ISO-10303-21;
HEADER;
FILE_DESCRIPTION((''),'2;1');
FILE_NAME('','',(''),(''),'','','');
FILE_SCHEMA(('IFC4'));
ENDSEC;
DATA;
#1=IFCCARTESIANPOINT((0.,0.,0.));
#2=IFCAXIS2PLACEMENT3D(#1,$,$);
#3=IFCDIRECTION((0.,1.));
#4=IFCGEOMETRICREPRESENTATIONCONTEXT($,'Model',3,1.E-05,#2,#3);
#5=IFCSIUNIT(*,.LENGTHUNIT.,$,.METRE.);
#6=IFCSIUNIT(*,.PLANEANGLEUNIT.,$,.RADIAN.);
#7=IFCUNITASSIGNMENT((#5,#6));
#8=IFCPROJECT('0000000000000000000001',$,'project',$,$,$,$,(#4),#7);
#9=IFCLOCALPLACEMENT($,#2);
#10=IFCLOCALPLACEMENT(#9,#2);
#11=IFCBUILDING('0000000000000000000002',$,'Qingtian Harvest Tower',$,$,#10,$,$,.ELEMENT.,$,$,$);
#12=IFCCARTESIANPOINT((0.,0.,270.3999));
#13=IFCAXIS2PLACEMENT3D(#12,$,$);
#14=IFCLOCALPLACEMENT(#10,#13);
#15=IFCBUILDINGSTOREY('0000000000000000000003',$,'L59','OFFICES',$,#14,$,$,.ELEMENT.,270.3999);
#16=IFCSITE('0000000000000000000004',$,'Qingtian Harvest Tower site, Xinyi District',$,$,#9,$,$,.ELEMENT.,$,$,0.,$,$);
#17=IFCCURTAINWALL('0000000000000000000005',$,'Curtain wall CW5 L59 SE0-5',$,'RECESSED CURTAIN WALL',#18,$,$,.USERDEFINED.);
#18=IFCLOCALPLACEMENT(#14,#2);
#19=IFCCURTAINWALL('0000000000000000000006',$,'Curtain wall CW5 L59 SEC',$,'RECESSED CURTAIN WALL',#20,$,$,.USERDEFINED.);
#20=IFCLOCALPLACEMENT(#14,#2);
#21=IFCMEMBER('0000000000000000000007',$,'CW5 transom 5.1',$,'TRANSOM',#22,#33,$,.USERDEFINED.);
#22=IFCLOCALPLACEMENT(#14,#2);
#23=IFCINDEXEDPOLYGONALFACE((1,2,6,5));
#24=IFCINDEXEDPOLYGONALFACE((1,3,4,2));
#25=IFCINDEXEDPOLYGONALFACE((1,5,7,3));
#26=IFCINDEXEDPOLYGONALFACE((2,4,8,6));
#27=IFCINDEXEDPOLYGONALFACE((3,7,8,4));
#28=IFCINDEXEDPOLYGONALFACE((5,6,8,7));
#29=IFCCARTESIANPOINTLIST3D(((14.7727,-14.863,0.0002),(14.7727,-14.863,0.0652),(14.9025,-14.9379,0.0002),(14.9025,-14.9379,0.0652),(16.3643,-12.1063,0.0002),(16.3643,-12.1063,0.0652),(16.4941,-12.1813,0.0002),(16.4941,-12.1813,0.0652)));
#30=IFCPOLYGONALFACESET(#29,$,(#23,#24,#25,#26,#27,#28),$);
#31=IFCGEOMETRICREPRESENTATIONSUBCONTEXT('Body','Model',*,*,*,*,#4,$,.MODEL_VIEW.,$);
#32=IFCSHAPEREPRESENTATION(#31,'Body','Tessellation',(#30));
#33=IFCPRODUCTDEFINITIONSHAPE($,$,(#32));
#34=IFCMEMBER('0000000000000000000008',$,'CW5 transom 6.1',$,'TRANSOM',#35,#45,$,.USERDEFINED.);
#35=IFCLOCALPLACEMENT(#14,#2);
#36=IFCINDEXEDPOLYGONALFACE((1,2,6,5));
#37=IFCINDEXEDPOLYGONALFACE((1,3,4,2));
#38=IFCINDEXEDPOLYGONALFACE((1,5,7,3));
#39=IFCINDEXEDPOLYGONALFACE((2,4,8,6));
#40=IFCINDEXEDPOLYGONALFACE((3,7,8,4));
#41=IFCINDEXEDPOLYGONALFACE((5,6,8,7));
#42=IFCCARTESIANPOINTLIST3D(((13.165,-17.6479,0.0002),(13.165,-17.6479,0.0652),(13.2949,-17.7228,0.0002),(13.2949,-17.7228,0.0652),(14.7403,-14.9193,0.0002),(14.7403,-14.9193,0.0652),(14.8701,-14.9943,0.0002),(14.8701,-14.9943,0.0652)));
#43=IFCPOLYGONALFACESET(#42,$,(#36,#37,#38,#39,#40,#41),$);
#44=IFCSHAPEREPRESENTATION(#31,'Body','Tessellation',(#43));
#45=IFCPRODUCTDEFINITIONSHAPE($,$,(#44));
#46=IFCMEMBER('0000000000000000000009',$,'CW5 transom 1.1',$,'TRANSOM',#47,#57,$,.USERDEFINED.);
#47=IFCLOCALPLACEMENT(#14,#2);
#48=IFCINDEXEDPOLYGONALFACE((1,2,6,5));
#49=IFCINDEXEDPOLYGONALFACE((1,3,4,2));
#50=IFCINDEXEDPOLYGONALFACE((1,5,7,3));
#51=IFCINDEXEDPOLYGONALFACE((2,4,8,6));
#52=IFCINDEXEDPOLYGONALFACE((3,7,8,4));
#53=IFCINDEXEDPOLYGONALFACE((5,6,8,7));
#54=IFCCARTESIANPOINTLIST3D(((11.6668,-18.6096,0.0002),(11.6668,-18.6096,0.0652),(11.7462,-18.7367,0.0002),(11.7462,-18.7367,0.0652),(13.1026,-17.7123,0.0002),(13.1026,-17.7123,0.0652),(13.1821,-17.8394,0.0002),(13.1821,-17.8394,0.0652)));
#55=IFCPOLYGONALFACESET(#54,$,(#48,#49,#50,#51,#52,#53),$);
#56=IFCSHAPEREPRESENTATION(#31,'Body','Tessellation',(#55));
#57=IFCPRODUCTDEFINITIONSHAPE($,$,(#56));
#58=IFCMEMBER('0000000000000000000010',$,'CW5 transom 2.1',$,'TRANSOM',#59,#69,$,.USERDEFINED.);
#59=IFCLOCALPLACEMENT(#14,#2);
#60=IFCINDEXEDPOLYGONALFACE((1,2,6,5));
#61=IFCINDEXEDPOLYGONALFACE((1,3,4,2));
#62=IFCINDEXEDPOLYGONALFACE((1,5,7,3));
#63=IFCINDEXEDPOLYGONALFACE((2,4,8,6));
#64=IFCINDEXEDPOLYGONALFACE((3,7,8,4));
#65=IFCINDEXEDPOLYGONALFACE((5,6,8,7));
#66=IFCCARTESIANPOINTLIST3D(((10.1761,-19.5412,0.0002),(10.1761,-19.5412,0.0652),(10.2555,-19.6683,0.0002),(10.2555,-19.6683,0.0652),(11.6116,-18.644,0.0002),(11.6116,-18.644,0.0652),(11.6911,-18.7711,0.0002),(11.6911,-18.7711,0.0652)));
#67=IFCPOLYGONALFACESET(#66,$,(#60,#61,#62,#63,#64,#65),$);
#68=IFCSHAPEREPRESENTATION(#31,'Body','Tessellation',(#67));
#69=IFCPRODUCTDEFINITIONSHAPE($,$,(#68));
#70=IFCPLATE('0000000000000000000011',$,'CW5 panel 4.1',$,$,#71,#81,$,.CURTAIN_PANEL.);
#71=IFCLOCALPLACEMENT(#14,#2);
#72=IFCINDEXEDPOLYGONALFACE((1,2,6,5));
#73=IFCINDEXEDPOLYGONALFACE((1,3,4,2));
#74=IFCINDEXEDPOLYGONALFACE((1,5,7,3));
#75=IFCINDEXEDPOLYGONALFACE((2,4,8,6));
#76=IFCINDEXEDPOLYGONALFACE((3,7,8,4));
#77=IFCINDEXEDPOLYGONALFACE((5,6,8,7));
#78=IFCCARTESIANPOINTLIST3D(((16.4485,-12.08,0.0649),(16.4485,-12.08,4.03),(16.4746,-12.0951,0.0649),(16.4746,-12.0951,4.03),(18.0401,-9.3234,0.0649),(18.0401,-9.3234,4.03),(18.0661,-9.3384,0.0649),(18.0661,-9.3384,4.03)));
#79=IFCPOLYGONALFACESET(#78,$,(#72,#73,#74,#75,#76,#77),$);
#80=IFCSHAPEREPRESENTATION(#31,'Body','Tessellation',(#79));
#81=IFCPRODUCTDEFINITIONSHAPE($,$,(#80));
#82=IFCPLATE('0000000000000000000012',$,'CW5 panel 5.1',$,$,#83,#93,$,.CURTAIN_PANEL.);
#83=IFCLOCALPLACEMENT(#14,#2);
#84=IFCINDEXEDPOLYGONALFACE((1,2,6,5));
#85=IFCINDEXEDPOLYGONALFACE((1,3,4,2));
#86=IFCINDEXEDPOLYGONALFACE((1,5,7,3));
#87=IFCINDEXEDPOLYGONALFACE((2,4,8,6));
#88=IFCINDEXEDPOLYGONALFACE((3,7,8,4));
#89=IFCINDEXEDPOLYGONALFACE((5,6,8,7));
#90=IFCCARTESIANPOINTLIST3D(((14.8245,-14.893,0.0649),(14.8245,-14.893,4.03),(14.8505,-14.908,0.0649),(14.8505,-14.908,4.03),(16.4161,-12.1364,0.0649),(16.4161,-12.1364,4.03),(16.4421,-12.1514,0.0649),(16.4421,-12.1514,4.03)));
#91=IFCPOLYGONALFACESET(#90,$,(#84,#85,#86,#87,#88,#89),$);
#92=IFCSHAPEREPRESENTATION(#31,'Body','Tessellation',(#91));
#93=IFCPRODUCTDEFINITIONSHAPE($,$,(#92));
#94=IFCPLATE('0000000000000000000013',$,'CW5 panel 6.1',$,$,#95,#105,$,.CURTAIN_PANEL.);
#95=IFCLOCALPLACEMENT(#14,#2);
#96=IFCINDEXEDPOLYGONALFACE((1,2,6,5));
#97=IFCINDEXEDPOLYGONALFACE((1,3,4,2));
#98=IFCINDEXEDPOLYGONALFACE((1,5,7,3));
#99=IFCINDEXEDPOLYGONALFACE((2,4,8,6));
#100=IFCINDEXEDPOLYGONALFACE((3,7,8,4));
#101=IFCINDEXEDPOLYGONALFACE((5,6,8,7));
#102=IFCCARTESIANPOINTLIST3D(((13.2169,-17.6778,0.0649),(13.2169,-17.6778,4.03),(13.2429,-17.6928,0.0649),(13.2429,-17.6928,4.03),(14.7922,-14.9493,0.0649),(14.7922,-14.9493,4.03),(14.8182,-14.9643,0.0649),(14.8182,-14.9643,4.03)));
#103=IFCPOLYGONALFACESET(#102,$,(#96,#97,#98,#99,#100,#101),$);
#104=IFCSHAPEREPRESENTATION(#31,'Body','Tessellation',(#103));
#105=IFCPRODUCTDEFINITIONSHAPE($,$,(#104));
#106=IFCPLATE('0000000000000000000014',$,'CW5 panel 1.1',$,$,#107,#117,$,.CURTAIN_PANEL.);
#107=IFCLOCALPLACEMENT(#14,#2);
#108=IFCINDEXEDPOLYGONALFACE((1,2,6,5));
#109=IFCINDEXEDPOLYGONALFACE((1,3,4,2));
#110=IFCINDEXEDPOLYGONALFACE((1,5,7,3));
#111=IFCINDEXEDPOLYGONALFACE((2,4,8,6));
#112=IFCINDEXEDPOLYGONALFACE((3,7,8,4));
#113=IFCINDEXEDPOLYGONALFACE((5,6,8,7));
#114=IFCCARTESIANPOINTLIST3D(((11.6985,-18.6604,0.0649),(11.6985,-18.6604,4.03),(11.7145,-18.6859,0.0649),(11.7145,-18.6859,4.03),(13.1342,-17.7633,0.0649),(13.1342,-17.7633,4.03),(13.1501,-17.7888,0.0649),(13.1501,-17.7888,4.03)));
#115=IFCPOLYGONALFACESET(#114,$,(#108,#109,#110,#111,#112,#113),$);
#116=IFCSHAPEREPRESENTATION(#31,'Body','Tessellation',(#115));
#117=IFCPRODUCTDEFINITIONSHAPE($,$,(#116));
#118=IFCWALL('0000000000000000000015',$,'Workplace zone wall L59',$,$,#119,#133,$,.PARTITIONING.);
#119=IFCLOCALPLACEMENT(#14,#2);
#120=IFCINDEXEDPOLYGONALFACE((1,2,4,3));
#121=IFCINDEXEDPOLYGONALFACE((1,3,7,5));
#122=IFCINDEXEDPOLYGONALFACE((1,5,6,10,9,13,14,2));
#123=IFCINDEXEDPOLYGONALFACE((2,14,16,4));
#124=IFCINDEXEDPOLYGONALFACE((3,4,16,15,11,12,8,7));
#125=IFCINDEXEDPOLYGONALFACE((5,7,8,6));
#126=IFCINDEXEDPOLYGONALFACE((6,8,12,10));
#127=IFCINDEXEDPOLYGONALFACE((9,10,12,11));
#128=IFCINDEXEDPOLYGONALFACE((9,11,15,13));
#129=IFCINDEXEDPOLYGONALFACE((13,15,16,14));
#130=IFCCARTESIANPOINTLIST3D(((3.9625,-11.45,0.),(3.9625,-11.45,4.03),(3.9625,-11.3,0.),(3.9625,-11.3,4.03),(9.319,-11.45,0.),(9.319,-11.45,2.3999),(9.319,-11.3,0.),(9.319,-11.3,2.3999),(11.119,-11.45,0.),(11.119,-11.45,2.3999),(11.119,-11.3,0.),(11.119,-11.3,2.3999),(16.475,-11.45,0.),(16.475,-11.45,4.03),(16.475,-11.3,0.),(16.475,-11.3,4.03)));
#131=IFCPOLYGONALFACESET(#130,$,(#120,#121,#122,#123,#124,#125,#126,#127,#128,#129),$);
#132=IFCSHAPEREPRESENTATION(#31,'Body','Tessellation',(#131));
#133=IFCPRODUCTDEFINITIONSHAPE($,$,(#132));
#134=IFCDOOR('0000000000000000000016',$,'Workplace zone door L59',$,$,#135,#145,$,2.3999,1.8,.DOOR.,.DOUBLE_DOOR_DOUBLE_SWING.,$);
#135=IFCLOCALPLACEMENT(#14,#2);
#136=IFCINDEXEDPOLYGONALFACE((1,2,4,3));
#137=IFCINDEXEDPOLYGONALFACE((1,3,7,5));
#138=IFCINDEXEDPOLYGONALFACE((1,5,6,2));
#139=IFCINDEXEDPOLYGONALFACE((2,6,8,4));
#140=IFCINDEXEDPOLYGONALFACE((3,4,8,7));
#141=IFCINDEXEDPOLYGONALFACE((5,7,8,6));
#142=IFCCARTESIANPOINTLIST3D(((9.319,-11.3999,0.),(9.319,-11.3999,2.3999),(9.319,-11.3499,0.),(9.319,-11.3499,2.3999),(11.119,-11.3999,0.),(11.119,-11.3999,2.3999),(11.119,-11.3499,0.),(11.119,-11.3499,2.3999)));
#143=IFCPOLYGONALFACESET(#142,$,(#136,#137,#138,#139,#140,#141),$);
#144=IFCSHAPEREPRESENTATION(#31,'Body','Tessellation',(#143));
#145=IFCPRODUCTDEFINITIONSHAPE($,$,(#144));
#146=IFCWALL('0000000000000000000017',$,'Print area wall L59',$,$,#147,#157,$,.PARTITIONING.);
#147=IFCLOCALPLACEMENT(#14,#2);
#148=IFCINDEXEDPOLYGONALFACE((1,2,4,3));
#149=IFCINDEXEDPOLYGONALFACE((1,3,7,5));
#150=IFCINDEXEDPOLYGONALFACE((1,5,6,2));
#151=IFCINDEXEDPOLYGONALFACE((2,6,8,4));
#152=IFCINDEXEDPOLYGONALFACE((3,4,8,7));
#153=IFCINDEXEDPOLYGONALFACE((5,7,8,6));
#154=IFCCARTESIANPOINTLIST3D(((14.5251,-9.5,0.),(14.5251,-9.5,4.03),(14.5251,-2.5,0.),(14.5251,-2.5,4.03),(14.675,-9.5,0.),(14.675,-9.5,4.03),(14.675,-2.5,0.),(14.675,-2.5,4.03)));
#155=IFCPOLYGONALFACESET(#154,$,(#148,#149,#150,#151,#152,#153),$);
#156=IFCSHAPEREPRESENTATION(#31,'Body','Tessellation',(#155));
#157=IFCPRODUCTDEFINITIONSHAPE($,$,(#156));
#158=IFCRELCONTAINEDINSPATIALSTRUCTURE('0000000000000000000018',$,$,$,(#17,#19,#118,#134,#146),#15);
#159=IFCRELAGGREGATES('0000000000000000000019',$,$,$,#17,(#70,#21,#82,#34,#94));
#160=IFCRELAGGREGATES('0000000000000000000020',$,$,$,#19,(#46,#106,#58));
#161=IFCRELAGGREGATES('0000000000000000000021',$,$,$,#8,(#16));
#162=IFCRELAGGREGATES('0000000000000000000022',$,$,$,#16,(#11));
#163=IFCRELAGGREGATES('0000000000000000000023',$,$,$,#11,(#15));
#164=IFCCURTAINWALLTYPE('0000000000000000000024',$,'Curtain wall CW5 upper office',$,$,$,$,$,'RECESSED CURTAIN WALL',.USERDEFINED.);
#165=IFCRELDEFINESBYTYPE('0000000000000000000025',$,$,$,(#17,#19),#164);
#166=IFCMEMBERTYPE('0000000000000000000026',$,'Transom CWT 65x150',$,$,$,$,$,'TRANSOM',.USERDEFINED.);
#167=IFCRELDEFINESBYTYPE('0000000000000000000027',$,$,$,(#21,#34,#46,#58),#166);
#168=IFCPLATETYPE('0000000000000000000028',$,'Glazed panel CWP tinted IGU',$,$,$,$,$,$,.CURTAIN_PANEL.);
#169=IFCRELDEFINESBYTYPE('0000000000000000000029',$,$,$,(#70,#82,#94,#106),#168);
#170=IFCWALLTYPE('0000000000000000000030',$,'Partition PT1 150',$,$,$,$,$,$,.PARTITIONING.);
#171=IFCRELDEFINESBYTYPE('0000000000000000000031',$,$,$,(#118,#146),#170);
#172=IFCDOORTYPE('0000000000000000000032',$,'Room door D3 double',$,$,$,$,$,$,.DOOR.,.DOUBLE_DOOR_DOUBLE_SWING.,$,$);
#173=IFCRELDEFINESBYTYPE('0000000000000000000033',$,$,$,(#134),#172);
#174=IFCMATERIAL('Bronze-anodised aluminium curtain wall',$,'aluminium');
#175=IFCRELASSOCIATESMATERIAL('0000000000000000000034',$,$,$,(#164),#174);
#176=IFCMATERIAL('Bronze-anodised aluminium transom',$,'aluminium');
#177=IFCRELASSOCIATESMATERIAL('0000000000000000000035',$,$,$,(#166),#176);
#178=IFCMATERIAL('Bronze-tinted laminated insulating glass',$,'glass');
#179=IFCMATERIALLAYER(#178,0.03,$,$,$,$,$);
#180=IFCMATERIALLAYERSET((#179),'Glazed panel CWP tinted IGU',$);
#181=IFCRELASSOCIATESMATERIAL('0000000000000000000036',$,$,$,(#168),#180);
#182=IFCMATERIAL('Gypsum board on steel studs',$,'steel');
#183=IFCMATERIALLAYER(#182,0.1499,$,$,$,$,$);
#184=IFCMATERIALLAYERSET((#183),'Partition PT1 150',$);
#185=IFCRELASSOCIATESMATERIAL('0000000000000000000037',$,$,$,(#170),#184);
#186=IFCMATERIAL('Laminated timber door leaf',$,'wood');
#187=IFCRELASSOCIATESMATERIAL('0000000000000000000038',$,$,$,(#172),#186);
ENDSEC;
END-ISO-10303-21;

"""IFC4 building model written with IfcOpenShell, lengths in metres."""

from ifc_helpers import new_model, si_unit, direction, frame, frame_2d, origin, origin_2d, place, context, subcontext, project, spatial, rectangle, extrude, material, layer, layer_set, material_profile, profile_set, type_object, element, fill, aggregate, save


model = new_model("IFC4")

# Units and contexts
model_context = context("Model", 3, precision=1e-05, world=origin(), true_north=direction((0.0, 1.0)))
body_context = subcontext(model_context, "Body", "Model", "MODEL_VIEW")
ifc_project = project(units=[si_unit("LENGTHUNIT", "METRE"), si_unit("PLANEANGLEUNIT", "RADIAN")], contexts=[model_context])

# Site, building, storey
site_placement = place(None, origin())
site = spatial("IfcSite", under=ifc_project, at=site_placement, Name="Qingtian Harvest Tower site, Xinyi District", CompositionType="ELEMENT", RefElevation=0.0)
building_placement = place(site_placement, origin())
building = spatial("IfcBuilding", under=site, at=building_placement, Name="Qingtian Harvest Tower", CompositionType="ELEMENT")
storey_placement = place(building_placement, frame((0.0, 0.0, 270.3999)))
storey = spatial("IfcBuildingStorey", under=building, at=storey_placement, Name="L59", Description="OFFICES", CompositionType="ELEMENT", Elevation=270.3999)

# Curtain walls
ifc_material_1 = material(Name="Bronze-anodised aluminium curtain wall", Category="aluminium")
curtain_wall_type = type_object("IfcCurtainWallType", Name="Curtain wall CW5 upper office", ElementType="RECESSED CURTAIN WALL", PredefinedType="USERDEFINED", material=ifc_material_1)
curtain_wall_1_placement = place(storey_placement, origin())
curtain_wall_1 = element("IfcCurtainWall", 1, at=curtain_wall_1_placement, inside=storey, type_object=curtain_wall_type, Name="Curtain wall CW5 L59 SE0-5", ObjectType="RECESSED CURTAIN WALL", PredefinedType="USERDEFINED")
curtain_wall_2_placement = place(storey_placement, origin())
curtain_wall_2 = element("IfcCurtainWall", 2, at=curtain_wall_2_placement, inside=storey, type_object=curtain_wall_type, Name="Curtain wall CW5 L59 SEC", ObjectType="RECESSED CURTAIN WALL", PredefinedType="USERDEFINED")

# Members
ifc_material_2 = material(Name="Bronze-anodised aluminium transom", Category="aluminium")
ifc_material_profile_1 = material_profile(ifc_material_2, rectangle(XDim=0.1499, YDim=0.0649, at=origin_2d()), Name="AL 65x150")
ifc_profile_set_1 = profile_set([ifc_material_profile_1], Name="Bronze-anodised aluminium transom")
member_type_1 = type_object("IfcMemberType", Name="Transom CWT 65x150", ElementType="TRANSOM", PredefinedType="USERDEFINED", material=ifc_profile_set_1)
member_1_placement = place(storey_placement, frame((16.4292, -12.1438, 0.0327), z_axis=(-0.500008, -0.866021, 0.0), x_axis=(0.866021, -0.500008, 0.0)))
member_1 = element("IfcMember", 3, at=member_1_placement, type_object=member_type_1, Name="CW5 transom 5.1", ObjectType="TRANSOM", PredefinedType="USERDEFINED", context=body_context, shape_type="SweptSolid", body=[
    extrude(rectangle(XDim=0.1499, YDim=0.0649, at=origin_2d()), origin(), (0.0, 0.0, 1.0), 3.1831),
])
member_2_placement = place(storey_placement, frame((14.8052, -14.9568, 0.0327), z_axis=(-0.499973, -0.866041, 0.0), x_axis=(0.866041, -0.499973, 0.0)))
member_2 = element("IfcMember", 4, at=member_2_placement, type_object=member_type_1, Name="CW5 transom 6.1", ObjectType="TRANSOM", PredefinedType="USERDEFINED", context=body_context, shape_type="SweptSolid", body=[
    extrude(rectangle(XDim=0.1499, YDim=0.0649, at=origin_2d()), origin(), (0.0, 0.0, 1.0), 3.1506),
])
member_3_placement = place(storey_placement, frame((13.1423, -17.7759, 0.0327), z_axis=(-0.848039, -0.529934, 0.0), x_axis=(0.529934, -0.848039, 0.0)))
member_3 = element("IfcMember", 5, at=member_3_placement, type_object=member_type_1, Name="CW5 transom 1.1", ObjectType="TRANSOM", PredefinedType="USERDEFINED", context=body_context, shape_type="SweptSolid", body=[
    extrude(rectangle(XDim=0.1499, YDim=0.0649, at=origin_2d()), origin(), (0.0, 0.0, 1.0), 1.6931),
])
member_4_placement = place(storey_placement, frame((11.6514, -18.7075, 0.0327), z_axis=(-0.847998, -0.529999, 0.0), x_axis=(0.529999, -0.847998, 0.0)))
member_4 = element("IfcMember", 6, at=member_4_placement, type_object=member_type_1, Name="CW5 transom 2.1", ObjectType="TRANSOM", PredefinedType="USERDEFINED", context=body_context, shape_type="SweptSolid", body=[
    extrude(rectangle(XDim=0.1499, YDim=0.0649, at=origin_2d()), origin(), (0.0, 0.0, 1.0), 1.6929),
])

# Plates
ifc_material_3 = material(Name="Bronze-tinted laminated insulating glass", Category="glass")
ifc_layer_1 = layer(ifc_material_3, 0.03)
ifc_layer_set_1 = layer_set([ifc_layer_1], Name="Glazed panel CWP tinted IGU")
plate_type = type_object("IfcPlateType", Name="Glazed panel CWP tinted IGU", PredefinedType="CURTAIN_PANEL", material=ifc_layer_set_1)
plate_1_placement = place(storey_placement, frame((17.2573, -10.7092, 0.0649), z_axis=(0.0, 0.0, 1.0), x_axis=(-0.5, -0.866025, 0.0)))
plate_1 = element("IfcPlate", 7, at=plate_1_placement, type_object=plate_type, Name="CW5 panel 4.1", PredefinedType="CURTAIN_PANEL", context=body_context, shape_type="SweptSolid", body=[
    extrude(rectangle(XDim=3.1831, YDim=0.03, at=origin_2d()), origin(), (0.0, 0.0, 1.0), 3.9651),
])
plate_2_placement = place(storey_placement, frame((15.6333, -13.5222, 0.0649), z_axis=(0.0, 0.0, 1.0), x_axis=(-0.5, -0.866025, 0.0)))
plate_2 = element("IfcPlate", 8, at=plate_2_placement, type_object=plate_type, Name="CW5 panel 5.1", PredefinedType="CURTAIN_PANEL", context=body_context, shape_type="SweptSolid", body=[
    extrude(rectangle(XDim=3.1831, YDim=0.03, at=origin_2d()), origin(), (0.0, 0.0, 1.0), 3.9651),
])
plate_3_placement = place(storey_placement, frame((14.0176, -16.321, 0.0649), z_axis=(0.0, 0.0, 1.0), x_axis=(-0.5, -0.866025, 0.0)))
plate_3 = element("IfcPlate", 9, at=plate_3_placement, type_object=plate_type, Name="CW5 panel 6.1", PredefinedType="CURTAIN_PANEL", context=body_context, shape_type="SweptSolid", body=[
    extrude(rectangle(XDim=3.1506, YDim=0.03, at=origin_2d()), origin(), (0.0, 0.0, 1.0), 3.9651),
])
aggregate(curtain_wall_1, [plate_1, member_1, plate_2, member_2, plate_3])
plate_4_placement = place(storey_placement, frame((12.4243, -18.2246, 0.0649), z_axis=(0.0, 0.0, 1.0), x_axis=(-0.848048, -0.529919, 0.0)))
plate_4 = element("IfcPlate", 10, at=plate_4_placement, type_object=plate_type, Name="CW5 panel 1.1", PredefinedType="CURTAIN_PANEL", context=body_context, shape_type="SweptSolid", body=[
    extrude(rectangle(XDim=1.6929, YDim=0.03, at=origin_2d()), origin(), (0.0, 0.0, 1.0), 3.9651),
])
aggregate(curtain_wall_2, [member_3, plate_4, member_4])

# Wall, opening, door
ifc_material_4 = material(Name="Gypsum board on steel studs", Category="steel")
ifc_layer_2 = layer(ifc_material_4, 0.1499)
ifc_layer_set_2 = layer_set([ifc_layer_2], Name="Partition PT1 150")
wall_type = type_object("IfcWallType", Name="Partition PT1 150", PredefinedType="PARTITIONING", material=ifc_layer_set_2)
wall_1_placement = place(storey_placement, frame((16.4751, -11.375, 0.0), z_axis=(0.0, 0.0, 1.0), x_axis=(-1.0, 0.0, 0.0)))
wall_1 = element("IfcWall", 11, at=wall_1_placement, inside=storey, type_object=wall_type, Name="Workplace zone wall L59", PredefinedType="PARTITIONING", context=body_context, shape_type="SweptSolid", body=[
    extrude(rectangle(XDim=12.5125, YDim=0.1499, at=frame_2d((6.2563, 0.0))), origin(), (0.0, 0.0, 1.0), 4.03),
])
opening_placement = place(wall_1_placement, frame((5.3562, 0.0, 0.0)))
opening = element("IfcOpeningElement", 12, at=opening_placement, cuts=wall_1, PredefinedType="OPENING", context=body_context, shape_type="SweptSolid", body=[
    extrude(rectangle(XDim=1.8, YDim=2.3999, at=frame_2d((0.8999, 1.2))), frame((0.0, 0.085, 0.0), z_axis=(0.0, -1.0, 0.0), x_axis=(1.0, 0.0, 0.0)), (0.0, 0.0, 1.0), 0.1699),
])
ifc_material_5 = material(Name="Laminated timber door leaf", Category="wood")
door_type = type_object("IfcDoorType", Name="Room door D3 double", OperationType="DOUBLE_DOOR_DOUBLE_SWING", PredefinedType="DOOR", material=ifc_material_5)
door_placement = place(opening_placement, origin())
door = element("IfcDoor", 13, at=door_placement, inside=storey, type_object=door_type, Name="Workplace zone door L59", OperationType="DOUBLE_DOOR_DOUBLE_SWING", OverallHeight=2.3999, OverallWidth=1.8, PredefinedType="DOOR", context=body_context, shape_type="SweptSolid", body=[
    extrude(rectangle(XDim=1.8, YDim=2.3999, at=frame_2d((0.8999, 1.2))), frame((0.0, 0.0249, 0.0), z_axis=(0.0, -1.0, 0.0), x_axis=(1.0, 0.0, 0.0)), (0.0, 0.0, 1.0), 0.05),
])
fill(opening, door)

# Wall
wall_2_placement = place(storey_placement, frame((14.6001, -9.5, 0.0), z_axis=(0.0, 0.0, 1.0), x_axis=(0.0, 1.0, 0.0)))
element("IfcWall", 14, at=wall_2_placement, inside=storey, type_object=wall_type, Name="Print area wall L59", PredefinedType="PARTITIONING", context=body_context, shape_type="SweptSolid", body=[
    extrude(rectangle(XDim=7.0, YDim=0.1499, at=frame_2d((3.5, 0.0))), origin(), (0.0, 0.0, 1.0), 4.03),
])

save(model, "model.ifc")
